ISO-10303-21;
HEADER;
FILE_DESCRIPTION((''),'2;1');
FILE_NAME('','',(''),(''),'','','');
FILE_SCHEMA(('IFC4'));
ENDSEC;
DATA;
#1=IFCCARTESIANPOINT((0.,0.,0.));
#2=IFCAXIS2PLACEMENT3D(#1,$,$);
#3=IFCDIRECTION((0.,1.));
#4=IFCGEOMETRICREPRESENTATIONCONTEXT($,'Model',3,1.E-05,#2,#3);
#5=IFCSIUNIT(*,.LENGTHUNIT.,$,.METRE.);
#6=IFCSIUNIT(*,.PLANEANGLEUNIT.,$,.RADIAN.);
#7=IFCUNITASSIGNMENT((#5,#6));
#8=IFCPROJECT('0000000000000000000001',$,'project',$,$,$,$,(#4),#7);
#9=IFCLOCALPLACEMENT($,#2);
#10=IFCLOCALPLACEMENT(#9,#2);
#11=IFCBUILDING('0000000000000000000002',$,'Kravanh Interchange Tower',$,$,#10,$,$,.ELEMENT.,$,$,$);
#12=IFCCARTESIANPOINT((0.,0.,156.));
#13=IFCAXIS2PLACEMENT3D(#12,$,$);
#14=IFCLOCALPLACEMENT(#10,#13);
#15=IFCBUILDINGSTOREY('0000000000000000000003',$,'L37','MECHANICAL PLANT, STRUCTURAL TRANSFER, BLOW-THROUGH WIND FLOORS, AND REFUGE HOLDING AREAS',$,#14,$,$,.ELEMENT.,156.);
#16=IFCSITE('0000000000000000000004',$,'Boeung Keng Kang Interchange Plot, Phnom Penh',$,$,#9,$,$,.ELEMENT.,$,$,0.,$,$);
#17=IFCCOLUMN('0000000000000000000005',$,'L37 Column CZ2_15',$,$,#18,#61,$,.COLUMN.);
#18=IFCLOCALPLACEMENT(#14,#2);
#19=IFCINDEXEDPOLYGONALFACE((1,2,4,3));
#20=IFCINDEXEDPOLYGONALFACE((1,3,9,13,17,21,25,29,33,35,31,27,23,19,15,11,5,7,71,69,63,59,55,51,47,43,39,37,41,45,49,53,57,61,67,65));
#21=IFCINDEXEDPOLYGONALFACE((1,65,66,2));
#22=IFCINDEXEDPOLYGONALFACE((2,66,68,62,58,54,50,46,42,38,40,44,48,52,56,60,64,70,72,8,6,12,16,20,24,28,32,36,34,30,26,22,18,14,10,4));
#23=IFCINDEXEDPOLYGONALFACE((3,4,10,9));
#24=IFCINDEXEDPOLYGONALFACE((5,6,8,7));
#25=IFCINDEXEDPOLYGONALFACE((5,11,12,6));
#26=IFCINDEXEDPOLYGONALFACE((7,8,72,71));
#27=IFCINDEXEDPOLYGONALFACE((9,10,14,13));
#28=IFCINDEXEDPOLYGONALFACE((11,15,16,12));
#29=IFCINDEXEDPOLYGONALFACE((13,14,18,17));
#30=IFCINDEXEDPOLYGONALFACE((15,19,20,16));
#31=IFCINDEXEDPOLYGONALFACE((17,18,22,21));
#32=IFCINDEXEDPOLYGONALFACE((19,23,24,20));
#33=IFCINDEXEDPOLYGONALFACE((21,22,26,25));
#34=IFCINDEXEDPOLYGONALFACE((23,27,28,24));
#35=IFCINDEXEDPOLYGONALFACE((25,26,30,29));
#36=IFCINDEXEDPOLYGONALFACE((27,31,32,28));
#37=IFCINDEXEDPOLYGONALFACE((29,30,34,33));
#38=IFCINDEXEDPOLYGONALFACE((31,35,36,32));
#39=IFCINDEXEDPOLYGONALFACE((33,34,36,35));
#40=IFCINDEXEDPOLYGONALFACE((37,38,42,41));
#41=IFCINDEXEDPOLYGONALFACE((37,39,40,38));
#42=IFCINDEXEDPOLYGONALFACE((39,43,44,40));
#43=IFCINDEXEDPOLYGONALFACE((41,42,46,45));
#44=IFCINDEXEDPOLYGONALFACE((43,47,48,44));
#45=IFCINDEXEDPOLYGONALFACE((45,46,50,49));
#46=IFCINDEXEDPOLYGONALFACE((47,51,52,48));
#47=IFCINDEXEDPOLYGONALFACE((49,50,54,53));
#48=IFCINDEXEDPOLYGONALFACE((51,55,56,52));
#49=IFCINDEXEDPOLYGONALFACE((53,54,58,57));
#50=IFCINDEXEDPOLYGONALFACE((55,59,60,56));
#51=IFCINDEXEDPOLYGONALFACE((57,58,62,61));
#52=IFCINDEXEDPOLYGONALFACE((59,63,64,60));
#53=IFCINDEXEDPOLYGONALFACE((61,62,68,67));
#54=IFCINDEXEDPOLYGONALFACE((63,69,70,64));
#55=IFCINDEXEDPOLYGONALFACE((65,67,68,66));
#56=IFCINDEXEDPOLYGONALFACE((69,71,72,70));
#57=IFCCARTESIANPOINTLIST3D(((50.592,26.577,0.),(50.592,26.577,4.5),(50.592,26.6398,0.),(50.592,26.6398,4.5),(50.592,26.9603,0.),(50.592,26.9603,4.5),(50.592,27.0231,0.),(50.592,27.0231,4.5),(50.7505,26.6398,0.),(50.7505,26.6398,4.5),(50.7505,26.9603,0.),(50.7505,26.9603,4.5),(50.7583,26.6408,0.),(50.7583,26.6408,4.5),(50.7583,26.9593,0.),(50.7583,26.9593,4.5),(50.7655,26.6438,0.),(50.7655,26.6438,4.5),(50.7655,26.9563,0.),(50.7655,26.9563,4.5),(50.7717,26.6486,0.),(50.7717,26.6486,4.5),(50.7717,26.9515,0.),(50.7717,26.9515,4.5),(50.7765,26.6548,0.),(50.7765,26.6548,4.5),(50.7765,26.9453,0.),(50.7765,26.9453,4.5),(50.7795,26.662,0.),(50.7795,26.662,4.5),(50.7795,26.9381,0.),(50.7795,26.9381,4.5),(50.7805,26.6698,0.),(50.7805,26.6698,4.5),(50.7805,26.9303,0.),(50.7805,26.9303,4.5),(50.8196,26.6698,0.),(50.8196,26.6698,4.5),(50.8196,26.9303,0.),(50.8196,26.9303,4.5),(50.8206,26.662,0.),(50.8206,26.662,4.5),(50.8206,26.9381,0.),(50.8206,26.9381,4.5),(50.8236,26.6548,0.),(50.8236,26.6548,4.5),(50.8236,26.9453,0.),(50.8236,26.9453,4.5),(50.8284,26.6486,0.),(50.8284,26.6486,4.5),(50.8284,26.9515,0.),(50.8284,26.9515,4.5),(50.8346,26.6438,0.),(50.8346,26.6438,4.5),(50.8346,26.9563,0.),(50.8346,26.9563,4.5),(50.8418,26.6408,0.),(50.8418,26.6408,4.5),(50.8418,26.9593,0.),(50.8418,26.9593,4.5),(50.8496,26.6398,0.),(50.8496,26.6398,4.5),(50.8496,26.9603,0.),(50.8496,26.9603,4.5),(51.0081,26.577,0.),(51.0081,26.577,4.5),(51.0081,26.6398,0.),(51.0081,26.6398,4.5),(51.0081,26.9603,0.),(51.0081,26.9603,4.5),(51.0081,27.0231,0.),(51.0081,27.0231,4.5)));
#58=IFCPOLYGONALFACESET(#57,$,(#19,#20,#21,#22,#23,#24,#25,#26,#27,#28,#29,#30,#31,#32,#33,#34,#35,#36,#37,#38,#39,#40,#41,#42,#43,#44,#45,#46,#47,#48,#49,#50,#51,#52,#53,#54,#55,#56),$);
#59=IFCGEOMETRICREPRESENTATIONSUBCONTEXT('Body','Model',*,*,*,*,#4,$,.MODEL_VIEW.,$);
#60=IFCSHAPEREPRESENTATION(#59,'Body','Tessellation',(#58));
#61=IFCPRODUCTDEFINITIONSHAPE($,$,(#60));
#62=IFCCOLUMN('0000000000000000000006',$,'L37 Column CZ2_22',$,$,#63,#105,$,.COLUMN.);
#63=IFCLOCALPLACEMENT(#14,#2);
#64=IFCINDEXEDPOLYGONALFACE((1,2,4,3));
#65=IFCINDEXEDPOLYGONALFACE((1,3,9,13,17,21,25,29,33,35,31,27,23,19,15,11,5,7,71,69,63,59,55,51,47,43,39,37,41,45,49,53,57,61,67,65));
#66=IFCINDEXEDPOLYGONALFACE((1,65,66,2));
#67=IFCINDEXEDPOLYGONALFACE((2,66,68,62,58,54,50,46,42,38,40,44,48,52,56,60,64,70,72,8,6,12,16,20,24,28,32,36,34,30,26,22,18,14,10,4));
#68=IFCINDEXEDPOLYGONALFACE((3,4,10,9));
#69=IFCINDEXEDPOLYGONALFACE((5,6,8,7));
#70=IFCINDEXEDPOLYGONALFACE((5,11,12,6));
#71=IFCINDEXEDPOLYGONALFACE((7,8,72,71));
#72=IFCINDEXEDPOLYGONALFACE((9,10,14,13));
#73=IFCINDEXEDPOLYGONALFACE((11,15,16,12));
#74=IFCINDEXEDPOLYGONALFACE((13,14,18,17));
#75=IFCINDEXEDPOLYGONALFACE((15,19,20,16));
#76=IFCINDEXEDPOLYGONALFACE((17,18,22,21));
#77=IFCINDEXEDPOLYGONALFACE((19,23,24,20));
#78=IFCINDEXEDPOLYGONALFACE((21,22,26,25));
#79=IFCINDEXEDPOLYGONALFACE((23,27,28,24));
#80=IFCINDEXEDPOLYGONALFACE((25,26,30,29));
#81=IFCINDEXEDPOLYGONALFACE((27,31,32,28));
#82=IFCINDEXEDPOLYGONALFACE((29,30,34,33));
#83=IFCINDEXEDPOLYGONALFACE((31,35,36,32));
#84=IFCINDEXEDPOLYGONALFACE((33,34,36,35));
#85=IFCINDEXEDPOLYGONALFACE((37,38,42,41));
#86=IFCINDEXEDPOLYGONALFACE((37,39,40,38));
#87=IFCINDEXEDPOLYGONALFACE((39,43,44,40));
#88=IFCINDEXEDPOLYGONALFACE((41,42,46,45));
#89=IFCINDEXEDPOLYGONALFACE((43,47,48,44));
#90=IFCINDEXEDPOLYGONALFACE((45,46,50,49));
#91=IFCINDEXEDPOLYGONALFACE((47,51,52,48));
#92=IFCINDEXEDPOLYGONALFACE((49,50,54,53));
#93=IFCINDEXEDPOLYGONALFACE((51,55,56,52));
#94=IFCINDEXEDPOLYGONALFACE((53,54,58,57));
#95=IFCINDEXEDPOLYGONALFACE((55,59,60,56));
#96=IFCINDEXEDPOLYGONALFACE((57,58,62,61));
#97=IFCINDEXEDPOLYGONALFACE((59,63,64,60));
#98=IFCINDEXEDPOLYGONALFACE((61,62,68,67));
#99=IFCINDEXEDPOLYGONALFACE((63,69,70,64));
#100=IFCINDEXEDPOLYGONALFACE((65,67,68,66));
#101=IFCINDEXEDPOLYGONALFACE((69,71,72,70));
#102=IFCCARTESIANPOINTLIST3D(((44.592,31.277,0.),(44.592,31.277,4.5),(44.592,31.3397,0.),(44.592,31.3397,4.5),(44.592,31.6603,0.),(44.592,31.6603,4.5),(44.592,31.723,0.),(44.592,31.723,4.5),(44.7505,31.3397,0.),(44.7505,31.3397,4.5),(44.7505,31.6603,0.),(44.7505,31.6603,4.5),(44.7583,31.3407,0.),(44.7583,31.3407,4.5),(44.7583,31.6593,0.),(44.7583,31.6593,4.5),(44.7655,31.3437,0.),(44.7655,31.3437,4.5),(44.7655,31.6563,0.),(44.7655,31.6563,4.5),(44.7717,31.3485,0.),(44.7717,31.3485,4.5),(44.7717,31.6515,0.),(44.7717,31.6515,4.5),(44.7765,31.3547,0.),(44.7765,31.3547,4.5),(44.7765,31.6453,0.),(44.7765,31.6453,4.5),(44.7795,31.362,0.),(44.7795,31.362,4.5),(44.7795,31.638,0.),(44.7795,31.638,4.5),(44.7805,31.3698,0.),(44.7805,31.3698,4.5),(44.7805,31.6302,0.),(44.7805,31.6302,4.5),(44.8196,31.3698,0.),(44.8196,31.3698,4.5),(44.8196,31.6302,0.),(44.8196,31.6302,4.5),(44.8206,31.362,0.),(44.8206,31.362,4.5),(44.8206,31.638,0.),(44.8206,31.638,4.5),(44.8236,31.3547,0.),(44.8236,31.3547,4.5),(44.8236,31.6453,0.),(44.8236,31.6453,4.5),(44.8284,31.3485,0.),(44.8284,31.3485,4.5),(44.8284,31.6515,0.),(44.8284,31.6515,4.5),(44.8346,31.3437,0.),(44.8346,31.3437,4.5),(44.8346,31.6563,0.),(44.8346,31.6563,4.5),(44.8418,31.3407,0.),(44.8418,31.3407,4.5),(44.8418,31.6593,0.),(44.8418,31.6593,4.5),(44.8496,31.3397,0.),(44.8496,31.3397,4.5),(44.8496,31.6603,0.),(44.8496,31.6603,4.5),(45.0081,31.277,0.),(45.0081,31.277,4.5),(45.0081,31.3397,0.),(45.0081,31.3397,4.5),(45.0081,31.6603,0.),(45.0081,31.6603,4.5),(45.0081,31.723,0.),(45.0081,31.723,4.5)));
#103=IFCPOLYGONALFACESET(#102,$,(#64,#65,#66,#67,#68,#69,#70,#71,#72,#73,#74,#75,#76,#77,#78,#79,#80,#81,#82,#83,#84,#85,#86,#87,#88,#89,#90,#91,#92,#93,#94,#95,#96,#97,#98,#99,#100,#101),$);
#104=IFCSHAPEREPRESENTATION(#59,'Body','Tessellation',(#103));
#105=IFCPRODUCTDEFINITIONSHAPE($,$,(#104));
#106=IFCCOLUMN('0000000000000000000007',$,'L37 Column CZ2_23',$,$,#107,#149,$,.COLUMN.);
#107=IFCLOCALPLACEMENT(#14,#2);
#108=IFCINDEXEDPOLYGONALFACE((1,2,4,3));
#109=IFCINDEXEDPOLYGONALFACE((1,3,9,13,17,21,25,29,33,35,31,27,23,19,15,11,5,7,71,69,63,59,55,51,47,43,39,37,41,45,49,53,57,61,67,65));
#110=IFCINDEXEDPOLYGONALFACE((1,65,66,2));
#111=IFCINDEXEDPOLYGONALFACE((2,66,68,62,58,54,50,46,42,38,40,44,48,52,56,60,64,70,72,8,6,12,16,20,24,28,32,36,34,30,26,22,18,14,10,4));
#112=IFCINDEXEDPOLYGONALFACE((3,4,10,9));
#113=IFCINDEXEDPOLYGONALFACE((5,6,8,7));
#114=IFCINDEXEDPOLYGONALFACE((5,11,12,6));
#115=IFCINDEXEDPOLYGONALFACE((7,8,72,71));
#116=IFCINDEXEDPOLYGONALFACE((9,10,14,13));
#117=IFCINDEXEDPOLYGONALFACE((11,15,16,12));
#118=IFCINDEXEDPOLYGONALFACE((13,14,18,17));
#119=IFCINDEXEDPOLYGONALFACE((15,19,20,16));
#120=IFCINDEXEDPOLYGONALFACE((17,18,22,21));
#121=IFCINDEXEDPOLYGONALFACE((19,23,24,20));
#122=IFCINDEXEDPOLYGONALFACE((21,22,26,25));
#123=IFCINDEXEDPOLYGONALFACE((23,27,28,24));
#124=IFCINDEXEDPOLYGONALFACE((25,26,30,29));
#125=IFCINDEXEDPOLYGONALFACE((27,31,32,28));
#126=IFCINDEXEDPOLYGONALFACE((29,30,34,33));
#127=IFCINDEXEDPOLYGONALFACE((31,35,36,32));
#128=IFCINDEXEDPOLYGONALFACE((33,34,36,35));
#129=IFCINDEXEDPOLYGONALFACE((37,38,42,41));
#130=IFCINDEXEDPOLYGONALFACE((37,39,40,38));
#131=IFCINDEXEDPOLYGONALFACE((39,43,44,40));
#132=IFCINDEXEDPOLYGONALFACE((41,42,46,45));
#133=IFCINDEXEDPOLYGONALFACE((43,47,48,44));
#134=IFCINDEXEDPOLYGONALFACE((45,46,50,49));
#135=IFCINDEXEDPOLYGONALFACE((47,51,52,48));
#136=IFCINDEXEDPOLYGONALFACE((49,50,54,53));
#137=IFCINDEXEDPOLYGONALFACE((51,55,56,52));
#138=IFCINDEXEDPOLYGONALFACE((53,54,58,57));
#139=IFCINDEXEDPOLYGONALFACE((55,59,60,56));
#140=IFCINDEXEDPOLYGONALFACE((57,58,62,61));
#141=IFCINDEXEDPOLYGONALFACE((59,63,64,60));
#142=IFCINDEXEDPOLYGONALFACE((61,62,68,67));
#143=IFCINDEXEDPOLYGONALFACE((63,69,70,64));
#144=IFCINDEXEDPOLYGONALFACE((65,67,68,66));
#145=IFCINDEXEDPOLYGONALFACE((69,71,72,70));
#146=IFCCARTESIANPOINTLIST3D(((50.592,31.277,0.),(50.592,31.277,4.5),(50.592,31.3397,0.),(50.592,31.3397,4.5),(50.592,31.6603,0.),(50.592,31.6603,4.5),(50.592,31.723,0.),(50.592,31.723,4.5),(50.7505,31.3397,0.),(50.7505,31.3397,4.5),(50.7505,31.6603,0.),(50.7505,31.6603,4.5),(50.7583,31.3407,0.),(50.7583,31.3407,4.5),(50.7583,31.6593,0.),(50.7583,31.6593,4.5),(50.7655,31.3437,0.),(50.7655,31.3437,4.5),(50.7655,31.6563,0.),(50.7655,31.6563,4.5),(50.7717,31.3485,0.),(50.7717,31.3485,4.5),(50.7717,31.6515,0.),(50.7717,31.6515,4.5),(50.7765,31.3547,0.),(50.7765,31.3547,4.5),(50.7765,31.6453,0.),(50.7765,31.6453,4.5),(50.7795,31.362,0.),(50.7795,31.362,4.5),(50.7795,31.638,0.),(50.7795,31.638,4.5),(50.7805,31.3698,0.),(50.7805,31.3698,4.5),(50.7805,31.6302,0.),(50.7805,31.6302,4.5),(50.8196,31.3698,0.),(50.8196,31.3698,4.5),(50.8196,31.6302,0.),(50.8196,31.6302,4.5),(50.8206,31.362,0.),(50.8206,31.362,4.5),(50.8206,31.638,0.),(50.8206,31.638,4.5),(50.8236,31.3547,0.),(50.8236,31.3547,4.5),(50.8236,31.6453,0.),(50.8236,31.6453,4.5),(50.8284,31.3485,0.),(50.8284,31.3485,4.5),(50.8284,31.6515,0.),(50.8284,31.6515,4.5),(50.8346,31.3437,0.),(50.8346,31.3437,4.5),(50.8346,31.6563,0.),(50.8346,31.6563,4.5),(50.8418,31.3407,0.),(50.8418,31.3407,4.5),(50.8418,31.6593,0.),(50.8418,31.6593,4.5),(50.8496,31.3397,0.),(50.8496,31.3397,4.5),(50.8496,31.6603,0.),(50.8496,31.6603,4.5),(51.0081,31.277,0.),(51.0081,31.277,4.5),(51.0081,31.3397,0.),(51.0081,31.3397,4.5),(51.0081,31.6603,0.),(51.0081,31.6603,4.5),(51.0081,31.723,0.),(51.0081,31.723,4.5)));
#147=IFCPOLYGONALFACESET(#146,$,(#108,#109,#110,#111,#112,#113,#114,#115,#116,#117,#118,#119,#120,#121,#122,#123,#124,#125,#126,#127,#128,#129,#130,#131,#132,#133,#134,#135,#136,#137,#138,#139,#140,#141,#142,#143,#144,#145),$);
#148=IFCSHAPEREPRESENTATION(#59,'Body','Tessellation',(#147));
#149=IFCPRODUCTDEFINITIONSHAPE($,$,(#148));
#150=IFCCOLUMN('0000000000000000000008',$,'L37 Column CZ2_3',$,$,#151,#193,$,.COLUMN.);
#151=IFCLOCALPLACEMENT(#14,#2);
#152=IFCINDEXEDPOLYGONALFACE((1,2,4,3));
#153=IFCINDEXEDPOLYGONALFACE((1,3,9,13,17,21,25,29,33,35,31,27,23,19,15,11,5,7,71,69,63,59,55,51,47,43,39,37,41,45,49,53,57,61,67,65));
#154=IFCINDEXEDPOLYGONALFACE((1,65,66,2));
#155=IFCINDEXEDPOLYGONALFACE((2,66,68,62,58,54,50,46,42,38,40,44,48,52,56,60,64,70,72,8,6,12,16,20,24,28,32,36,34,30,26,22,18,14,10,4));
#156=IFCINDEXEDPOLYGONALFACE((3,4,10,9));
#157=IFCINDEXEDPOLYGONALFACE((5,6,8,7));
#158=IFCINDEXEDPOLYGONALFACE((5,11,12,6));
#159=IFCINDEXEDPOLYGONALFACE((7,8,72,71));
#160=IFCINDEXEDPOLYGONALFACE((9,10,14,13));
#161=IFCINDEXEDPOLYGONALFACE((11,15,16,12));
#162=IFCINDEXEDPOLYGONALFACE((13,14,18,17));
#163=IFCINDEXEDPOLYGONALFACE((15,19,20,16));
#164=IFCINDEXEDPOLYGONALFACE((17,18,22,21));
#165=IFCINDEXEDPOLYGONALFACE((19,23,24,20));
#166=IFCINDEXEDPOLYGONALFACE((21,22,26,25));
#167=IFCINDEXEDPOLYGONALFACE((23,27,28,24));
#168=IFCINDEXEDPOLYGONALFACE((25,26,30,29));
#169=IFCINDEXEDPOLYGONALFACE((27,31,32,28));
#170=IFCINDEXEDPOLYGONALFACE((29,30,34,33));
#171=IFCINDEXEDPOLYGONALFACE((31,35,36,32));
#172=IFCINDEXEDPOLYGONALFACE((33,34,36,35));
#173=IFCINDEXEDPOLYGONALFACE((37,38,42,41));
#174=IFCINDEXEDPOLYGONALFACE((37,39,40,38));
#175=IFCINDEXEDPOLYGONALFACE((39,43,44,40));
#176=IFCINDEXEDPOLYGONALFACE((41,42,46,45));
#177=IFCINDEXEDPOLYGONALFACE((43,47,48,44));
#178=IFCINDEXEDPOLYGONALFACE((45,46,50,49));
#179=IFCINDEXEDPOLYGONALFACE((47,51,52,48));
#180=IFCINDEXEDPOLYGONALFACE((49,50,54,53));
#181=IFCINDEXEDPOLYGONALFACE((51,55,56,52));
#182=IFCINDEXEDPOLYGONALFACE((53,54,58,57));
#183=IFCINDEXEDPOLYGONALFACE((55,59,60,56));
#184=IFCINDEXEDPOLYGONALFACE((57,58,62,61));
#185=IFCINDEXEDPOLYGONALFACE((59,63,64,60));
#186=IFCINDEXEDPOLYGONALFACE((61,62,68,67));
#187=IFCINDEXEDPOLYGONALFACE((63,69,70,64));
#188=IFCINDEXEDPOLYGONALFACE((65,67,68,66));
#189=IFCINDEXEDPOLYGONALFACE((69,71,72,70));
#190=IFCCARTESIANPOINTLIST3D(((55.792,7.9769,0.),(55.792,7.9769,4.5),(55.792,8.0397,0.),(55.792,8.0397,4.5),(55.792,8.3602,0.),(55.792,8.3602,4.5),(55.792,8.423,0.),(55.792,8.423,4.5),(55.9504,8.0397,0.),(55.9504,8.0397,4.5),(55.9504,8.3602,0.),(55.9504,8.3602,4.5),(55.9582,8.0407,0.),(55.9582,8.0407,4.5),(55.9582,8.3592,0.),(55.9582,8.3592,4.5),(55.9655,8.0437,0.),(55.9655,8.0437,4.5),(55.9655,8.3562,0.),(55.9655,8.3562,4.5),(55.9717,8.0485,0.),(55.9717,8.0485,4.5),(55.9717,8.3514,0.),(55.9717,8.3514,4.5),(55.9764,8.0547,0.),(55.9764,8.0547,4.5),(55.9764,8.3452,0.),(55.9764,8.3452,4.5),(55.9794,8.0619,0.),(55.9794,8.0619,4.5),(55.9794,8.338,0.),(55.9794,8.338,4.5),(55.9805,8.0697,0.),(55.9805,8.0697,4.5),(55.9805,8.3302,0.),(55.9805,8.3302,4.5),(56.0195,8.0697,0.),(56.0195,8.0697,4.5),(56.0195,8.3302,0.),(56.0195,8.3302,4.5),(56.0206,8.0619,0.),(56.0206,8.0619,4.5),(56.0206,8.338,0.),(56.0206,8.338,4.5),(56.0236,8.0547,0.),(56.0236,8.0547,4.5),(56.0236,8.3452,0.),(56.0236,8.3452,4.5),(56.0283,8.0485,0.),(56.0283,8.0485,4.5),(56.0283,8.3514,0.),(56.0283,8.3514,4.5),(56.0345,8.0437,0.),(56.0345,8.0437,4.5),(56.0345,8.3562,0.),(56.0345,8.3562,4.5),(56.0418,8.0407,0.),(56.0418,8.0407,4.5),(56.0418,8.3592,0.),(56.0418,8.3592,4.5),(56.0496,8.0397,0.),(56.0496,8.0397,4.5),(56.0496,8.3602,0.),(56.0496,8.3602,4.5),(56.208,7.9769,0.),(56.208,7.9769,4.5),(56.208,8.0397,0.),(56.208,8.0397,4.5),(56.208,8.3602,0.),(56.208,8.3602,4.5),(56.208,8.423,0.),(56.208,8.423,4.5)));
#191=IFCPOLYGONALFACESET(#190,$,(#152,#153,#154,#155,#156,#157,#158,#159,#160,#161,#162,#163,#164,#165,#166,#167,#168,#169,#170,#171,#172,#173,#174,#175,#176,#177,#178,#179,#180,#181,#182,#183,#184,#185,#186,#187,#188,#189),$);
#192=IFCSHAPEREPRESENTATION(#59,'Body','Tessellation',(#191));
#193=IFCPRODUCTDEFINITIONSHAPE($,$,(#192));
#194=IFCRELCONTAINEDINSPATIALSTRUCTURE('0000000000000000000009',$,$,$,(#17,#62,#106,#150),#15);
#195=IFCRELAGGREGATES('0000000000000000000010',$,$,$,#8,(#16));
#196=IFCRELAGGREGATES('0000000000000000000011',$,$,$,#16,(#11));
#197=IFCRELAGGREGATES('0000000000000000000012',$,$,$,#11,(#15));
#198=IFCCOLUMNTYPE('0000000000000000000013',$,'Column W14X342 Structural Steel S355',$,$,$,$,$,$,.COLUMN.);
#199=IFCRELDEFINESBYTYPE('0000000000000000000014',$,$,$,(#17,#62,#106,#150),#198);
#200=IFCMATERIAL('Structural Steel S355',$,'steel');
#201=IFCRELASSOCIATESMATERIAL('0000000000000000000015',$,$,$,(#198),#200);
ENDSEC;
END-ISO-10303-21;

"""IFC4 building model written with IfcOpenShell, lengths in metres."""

from ifc_helpers import new_model, si_unit, direction, frame, origin, origin_2d, place, context, subcontext, project, spatial, i_section, extrude, material, material_profile, profile_set, type_object, element, save


model = new_model("IFC4")

# Units and contexts
model_context = context("Model", 3, precision=1e-05, world=origin(), true_north=direction((0.0, 1.0)))
body_context = subcontext(model_context, "Body", "Model", "MODEL_VIEW")
ifc_project = project(units=[si_unit("LENGTHUNIT", "METRE"), si_unit("PLANEANGLEUNIT", "RADIAN")], contexts=[model_context])

# Site, building, storey
site_placement = place(None, origin())
site = spatial("IfcSite", under=ifc_project, at=site_placement, Name="Boeung Keng Kang Interchange Plot, Phnom Penh", CompositionType="ELEMENT", RefElevation=0.0)
building_placement = place(site_placement, origin())
building = spatial("IfcBuilding", under=site, at=building_placement, Name="Kravanh Interchange Tower", CompositionType="ELEMENT")
storey_placement = place(building_placement, frame((0.0, 0.0, 156.0)))
storey = spatial("IfcBuildingStorey", under=building, at=storey_placement, Name="L37", Description="MECHANICAL PLANT, STRUCTURAL TRANSFER, BLOW-THROUGH WIND FLOORS, AND REFUGE HOLDING AREAS", CompositionType="ELEMENT", Elevation=156.0)

# Columns
ifc_material_1 = material(Name="Structural Steel S355", Category="steel")
ifc_material_profile_1 = material_profile(ifc_material_1, i_section(OverallWidth=0.416, OverallDepth=0.446, WebThickness=0.0391, FlangeThickness=0.0627, FilletRadius=0.03, at=origin_2d()), Name="W14X342")
ifc_profile_set_1 = profile_set([ifc_material_profile_1], Name="Structural Steel S355")
column_type = type_object("IfcColumnType", Name="Column W14X342 Structural Steel S355", PredefinedType="COLUMN", material=ifc_profile_set_1)
for number, where, z_axis, x_axis, name in (
    (1, (50.8, 26.8, 0.0), (0.0, 0.0, 1.0), (1.0, 0.0, 0.0), "L37 Column CZ2_15"),
    (2, (44.8, 31.5, 0.0), (0.0, 0.0, 1.0), (1.0, 0.0, 0.0), "L37 Column CZ2_22"),
    (3, (50.8, 31.5, 0.0), (0.0, 0.0, 1.0), (1.0, 0.0, 0.0), "L37 Column CZ2_23"),
    (4, (56.0, 8.2, 0.0), (0.0, 0.0, 1.0), (1.0, 0.0, 0.0), "L37 Column CZ2_3"),
):
    element("IfcColumn", number, at=place(storey_placement, frame(where, z_axis=z_axis, x_axis=x_axis)), inside=storey, type_object=column_type, Name=name, PredefinedType="COLUMN", context=body_context, shape_type="SweptSolid", body=[
        extrude(i_section(OverallWidth=0.416, OverallDepth=0.446, WebThickness=0.0391, FlangeThickness=0.0627, FilletRadius=0.03, at=origin_2d()), origin(), (0.0, 0.0, 1.0), 4.5),
    ])

save(model, "model.ifc")
